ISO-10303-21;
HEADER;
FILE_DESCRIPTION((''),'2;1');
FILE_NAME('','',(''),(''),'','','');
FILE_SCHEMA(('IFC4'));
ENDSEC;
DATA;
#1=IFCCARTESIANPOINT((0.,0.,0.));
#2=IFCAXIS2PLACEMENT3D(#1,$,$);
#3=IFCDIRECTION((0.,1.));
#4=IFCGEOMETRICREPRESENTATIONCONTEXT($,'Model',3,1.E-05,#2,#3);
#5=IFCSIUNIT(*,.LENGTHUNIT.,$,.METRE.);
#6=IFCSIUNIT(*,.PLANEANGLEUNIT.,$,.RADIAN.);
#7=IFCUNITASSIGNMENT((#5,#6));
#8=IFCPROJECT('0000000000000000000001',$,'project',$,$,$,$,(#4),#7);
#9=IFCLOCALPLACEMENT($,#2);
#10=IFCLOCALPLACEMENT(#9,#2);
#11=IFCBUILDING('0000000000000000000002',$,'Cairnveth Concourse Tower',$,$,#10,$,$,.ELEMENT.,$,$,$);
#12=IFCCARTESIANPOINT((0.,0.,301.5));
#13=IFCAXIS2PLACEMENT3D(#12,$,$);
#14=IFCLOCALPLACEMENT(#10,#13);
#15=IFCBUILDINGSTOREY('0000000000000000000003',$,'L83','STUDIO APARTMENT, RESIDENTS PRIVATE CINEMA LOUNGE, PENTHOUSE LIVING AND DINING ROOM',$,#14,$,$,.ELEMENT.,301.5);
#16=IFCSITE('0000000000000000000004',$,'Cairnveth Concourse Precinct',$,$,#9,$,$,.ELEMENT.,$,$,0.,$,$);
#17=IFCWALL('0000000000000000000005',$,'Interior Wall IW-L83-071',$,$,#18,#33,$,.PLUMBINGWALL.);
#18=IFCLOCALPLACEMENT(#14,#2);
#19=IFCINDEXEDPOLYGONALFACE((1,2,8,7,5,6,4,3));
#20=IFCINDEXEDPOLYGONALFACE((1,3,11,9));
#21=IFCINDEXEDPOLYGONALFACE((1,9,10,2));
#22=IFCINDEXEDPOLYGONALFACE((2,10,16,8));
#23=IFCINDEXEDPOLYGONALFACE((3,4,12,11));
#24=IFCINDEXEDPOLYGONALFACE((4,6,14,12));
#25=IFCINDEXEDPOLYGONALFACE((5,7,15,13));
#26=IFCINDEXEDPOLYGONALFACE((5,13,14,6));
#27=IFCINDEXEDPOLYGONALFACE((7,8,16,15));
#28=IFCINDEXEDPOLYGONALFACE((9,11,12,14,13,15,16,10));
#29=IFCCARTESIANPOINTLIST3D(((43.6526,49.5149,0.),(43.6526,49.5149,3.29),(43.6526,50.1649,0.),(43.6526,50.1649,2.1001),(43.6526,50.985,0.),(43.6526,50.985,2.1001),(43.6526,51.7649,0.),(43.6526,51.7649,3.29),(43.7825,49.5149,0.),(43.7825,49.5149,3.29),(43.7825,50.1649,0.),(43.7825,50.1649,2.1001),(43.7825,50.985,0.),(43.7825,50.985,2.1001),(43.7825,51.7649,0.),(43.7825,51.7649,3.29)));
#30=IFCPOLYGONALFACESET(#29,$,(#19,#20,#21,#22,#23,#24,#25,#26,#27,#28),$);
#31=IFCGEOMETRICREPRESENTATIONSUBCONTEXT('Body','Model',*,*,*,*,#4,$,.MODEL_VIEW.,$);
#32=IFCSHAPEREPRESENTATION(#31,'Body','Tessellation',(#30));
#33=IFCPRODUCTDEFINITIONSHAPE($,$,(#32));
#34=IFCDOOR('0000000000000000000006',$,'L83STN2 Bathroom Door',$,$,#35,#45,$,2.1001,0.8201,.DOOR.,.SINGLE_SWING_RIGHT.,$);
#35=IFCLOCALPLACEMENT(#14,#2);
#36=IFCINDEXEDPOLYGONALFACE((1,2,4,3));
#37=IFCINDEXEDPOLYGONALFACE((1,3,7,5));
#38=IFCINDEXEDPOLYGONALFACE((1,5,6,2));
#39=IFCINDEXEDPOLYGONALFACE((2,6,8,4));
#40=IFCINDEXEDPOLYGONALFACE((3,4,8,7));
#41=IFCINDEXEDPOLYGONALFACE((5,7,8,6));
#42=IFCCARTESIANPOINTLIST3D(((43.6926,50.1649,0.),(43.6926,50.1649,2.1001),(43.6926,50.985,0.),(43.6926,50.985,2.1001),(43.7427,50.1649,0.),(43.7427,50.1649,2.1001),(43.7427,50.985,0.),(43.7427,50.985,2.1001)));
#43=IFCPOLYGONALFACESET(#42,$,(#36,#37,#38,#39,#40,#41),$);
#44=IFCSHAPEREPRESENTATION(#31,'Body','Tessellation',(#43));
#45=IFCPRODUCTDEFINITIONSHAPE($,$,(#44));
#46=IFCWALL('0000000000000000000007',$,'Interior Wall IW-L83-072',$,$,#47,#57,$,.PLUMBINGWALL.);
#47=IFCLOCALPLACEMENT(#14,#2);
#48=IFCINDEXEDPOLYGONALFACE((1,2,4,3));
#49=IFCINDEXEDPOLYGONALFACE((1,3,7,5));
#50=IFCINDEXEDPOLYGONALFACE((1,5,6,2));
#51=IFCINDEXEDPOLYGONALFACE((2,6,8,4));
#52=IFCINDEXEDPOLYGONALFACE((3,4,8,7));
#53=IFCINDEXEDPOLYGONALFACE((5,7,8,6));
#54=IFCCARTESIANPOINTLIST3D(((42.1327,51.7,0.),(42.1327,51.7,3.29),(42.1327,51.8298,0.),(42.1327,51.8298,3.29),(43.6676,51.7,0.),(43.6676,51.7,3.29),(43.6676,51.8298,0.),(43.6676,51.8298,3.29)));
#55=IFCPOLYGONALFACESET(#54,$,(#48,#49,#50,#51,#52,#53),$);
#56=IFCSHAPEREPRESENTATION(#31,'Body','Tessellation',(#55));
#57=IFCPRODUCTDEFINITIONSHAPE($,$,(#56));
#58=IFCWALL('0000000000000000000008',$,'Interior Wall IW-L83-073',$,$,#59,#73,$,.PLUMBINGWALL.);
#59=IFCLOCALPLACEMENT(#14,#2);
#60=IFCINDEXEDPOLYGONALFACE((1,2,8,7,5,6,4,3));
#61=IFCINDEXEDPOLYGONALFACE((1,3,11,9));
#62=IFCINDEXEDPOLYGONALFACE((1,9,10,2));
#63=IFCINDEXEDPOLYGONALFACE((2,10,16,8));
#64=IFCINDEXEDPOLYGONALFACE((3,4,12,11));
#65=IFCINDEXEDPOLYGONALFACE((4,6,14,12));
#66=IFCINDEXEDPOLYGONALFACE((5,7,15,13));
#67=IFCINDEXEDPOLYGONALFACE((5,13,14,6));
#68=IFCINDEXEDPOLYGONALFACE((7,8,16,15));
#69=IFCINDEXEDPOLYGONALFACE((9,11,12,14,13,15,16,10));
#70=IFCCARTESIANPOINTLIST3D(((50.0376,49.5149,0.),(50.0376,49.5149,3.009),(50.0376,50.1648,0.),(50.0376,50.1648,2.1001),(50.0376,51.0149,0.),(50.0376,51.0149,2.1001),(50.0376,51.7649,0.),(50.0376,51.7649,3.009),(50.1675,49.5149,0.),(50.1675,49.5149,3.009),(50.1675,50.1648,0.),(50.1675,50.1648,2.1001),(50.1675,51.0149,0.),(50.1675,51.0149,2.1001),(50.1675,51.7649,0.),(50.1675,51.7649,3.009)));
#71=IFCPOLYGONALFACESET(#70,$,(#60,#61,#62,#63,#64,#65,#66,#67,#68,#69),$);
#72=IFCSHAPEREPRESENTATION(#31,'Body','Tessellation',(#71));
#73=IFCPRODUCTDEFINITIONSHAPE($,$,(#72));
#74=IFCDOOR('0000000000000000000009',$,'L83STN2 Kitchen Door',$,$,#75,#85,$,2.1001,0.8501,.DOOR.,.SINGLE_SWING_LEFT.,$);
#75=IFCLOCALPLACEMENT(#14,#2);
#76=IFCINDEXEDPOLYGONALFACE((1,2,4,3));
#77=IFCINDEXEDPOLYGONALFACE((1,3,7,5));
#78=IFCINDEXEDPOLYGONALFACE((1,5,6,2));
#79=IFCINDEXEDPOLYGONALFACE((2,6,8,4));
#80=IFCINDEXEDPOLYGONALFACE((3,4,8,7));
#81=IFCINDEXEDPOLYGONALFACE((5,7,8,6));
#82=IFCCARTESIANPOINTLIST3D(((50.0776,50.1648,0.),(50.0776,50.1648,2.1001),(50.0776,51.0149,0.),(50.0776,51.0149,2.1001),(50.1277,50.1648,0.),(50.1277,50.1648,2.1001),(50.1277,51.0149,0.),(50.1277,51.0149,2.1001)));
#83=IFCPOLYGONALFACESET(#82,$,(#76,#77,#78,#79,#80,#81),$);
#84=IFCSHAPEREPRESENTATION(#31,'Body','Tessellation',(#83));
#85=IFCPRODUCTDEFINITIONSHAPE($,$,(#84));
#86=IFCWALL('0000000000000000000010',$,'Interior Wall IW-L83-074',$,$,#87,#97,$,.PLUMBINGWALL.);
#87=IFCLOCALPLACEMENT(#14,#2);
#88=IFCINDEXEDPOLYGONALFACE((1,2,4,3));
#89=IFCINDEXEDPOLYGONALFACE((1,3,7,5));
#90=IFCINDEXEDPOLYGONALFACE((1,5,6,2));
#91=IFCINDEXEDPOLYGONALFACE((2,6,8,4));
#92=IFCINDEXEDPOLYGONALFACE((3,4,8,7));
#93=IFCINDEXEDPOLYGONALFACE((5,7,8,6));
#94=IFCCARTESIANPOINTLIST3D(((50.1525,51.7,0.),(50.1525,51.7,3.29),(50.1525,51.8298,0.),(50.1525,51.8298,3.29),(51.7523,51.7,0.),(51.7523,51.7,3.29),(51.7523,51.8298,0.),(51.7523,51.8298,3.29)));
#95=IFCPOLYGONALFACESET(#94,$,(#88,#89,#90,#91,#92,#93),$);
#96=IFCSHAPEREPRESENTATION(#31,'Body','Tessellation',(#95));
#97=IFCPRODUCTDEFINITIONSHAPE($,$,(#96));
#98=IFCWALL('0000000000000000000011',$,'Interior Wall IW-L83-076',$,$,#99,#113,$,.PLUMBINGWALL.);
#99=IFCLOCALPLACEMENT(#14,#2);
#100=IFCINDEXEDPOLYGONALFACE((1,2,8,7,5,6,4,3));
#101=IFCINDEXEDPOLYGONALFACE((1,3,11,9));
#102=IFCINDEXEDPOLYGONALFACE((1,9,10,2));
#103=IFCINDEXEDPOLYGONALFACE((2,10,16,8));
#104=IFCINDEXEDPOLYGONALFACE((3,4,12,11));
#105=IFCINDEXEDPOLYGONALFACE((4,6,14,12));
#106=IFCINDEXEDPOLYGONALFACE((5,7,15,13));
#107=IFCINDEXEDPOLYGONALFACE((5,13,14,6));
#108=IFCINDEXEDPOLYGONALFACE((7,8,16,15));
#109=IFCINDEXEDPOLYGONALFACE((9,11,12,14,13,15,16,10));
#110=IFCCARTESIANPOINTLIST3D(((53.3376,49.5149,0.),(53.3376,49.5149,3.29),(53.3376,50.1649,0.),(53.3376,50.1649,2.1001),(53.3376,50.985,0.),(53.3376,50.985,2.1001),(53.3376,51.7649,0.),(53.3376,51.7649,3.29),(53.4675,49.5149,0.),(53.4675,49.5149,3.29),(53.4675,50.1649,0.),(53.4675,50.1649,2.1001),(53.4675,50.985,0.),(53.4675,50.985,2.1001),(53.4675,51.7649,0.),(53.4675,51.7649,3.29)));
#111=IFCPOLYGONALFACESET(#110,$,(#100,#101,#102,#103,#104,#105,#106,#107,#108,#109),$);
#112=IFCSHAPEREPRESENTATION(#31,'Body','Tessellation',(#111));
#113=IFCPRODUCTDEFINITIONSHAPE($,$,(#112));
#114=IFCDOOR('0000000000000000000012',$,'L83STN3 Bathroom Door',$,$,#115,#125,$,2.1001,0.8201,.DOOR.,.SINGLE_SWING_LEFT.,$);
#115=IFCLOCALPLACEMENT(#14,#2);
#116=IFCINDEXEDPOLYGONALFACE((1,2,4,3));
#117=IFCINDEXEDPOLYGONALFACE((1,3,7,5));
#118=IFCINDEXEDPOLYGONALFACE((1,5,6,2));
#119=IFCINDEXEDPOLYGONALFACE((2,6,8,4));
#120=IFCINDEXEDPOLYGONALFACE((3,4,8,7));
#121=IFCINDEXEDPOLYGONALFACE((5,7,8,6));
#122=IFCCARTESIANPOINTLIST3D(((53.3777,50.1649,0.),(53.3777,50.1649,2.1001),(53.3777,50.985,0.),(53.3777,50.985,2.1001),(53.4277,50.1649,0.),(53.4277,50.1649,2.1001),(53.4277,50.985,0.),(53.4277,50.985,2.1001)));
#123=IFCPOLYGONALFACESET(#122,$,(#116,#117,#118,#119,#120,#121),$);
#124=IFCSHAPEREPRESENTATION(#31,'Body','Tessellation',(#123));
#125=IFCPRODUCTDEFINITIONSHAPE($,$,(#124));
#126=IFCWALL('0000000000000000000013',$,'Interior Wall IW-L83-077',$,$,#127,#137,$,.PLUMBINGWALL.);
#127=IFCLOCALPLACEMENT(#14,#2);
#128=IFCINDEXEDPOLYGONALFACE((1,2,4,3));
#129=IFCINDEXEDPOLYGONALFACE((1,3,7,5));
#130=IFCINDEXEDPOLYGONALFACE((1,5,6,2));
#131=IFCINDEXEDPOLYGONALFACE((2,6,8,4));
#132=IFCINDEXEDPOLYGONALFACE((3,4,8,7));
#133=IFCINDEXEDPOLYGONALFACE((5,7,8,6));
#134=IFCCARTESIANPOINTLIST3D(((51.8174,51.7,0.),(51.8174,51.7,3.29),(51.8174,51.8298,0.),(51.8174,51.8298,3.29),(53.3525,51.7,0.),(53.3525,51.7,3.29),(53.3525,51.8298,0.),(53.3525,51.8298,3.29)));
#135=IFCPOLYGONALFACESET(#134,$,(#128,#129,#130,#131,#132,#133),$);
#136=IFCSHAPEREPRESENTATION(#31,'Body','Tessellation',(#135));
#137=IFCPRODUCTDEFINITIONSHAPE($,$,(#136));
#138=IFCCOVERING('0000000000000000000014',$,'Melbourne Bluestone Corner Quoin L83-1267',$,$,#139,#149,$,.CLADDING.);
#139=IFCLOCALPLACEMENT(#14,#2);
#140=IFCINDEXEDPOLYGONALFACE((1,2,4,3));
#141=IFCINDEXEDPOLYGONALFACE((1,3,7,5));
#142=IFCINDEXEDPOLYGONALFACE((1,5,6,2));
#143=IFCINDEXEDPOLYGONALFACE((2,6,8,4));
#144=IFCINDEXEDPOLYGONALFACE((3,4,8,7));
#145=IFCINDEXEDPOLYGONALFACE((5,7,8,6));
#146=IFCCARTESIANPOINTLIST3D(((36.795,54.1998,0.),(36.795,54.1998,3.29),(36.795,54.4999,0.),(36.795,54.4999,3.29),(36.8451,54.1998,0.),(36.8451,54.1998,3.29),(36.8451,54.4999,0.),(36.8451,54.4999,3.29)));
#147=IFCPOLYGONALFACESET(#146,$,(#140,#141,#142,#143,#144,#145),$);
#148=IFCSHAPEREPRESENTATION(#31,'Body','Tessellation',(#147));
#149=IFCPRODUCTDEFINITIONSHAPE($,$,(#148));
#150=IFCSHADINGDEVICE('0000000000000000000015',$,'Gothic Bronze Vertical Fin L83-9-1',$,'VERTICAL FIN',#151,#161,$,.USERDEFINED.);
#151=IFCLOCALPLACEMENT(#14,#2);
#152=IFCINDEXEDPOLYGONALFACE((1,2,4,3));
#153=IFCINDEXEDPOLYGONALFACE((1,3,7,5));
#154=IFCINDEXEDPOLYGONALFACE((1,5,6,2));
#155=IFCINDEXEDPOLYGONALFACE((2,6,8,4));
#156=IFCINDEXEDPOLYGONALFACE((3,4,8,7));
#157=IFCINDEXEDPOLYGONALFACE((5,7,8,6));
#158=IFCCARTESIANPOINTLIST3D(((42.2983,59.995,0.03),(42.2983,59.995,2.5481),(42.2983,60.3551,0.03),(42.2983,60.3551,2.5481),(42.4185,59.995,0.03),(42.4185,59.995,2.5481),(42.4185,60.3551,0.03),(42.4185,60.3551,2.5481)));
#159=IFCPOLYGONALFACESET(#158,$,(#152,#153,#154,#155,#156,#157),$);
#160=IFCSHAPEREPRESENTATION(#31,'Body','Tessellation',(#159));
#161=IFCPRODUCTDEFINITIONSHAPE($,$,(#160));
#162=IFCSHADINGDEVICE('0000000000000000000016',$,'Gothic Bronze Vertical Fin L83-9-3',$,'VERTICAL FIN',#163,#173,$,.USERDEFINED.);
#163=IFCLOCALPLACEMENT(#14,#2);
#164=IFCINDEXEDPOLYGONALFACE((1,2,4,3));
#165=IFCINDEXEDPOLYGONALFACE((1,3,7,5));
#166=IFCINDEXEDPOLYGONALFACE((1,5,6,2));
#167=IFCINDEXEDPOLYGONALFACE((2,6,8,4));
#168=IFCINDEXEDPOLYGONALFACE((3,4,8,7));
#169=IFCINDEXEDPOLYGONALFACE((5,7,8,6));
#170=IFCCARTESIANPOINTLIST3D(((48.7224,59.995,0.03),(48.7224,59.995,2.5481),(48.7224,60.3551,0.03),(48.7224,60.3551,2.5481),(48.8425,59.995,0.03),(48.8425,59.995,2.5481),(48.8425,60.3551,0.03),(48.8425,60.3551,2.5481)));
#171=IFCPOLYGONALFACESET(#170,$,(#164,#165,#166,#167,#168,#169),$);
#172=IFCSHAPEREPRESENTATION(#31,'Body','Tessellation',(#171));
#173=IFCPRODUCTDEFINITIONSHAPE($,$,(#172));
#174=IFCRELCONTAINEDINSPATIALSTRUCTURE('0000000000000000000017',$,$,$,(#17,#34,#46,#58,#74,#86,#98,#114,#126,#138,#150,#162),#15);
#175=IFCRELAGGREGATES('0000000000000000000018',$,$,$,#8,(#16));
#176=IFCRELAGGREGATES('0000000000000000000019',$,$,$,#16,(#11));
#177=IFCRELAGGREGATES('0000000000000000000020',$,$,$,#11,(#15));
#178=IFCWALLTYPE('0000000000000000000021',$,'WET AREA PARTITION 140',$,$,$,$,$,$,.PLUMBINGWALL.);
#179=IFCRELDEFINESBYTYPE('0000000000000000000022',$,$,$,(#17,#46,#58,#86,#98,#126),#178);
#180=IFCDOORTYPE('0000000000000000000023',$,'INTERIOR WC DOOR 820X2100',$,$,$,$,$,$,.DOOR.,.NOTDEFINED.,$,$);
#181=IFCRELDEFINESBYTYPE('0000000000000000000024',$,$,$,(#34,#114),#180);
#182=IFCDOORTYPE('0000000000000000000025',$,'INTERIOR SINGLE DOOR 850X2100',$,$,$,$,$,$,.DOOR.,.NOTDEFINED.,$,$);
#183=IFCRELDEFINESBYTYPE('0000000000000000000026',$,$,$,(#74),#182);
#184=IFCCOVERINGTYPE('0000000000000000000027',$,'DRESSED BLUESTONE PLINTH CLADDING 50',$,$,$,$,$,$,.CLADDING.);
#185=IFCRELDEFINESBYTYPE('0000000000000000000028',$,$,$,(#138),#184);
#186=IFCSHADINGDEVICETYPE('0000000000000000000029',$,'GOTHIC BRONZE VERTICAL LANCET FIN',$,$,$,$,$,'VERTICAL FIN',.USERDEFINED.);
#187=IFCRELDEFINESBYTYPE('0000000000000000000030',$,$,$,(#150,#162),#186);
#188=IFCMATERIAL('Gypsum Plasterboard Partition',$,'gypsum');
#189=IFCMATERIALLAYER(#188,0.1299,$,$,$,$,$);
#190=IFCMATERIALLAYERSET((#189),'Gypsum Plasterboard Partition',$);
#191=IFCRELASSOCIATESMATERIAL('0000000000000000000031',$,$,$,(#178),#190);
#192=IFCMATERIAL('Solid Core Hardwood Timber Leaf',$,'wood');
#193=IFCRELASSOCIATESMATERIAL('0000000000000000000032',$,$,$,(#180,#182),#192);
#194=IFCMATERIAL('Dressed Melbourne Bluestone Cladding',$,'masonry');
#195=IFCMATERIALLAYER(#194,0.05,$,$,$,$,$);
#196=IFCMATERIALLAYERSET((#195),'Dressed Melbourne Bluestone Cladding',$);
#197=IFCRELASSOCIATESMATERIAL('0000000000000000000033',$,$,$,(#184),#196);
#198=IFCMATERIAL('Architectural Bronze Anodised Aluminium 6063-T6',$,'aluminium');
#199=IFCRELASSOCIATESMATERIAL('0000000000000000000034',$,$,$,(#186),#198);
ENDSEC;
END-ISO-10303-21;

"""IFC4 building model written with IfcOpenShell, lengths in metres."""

from ifc_helpers import new_model, si_unit, direction, frame, frame_2d, origin, origin_2d, place, context, subcontext, project, spatial, rectangle, extrude, material, layer, layer_set, type_object, element, fill, save


model = new_model("IFC4")

# Units and contexts
model_context = context("Model", 3, precision=1e-05, world=origin(), true_north=direction((0.0, 1.0)))
body_context = subcontext(model_context, "Body", "Model", "MODEL_VIEW")
ifc_project = project(units=[si_unit("LENGTHUNIT", "METRE"), si_unit("PLANEANGLEUNIT", "RADIAN")], contexts=[model_context])

# Site, building, storey
site_placement = place(None, origin())
site = spatial("IfcSite", under=ifc_project, at=site_placement, Name="Cairnveth Concourse Precinct", CompositionType="ELEMENT", RefElevation=0.0)
building_placement = place(site_placement, origin())
building = spatial("IfcBuilding", under=site, at=building_placement, Name="Cairnveth Concourse Tower", CompositionType="ELEMENT")
storey_placement = place(building_placement, frame((0.0, 0.0, 301.5)))
storey = spatial("IfcBuildingStorey", under=building, at=storey_placement, Name="L83", Description="STUDIO APARTMENT, RESIDENTS PRIVATE CINEMA LOUNGE, PENTHOUSE LIVING AND DINING ROOM", CompositionType="ELEMENT", Elevation=301.5)

# Shared definitions
ifc_material_1 = material(Name="Gypsum Plasterboard Partition", Category="gypsum")
ifc_layer_1 = layer(ifc_material_1, 0.1299)
ifc_layer_set_1 = layer_set([ifc_layer_1], Name="Gypsum Plasterboard Partition")
wall_type_1 = type_object("IfcWallType", Name="WET AREA PARTITION 140", PredefinedType="PLUMBINGWALL", material=ifc_layer_set_1)

# Wall, opening, door
wall_1_placement = place(storey_placement, frame((43.7175, 49.5149, 0.0), z_axis=(0.0, 0.0, 1.0), x_axis=(0.0, 1.0, 0.0)))
wall_1 = element("IfcWall", 1, at=wall_1_placement, inside=storey, type_object=wall_type_1, Name="Interior Wall IW-L83-071", PredefinedType="PLUMBINGWALL", context=body_context, shape_type="SweptSolid", body=[
    extrude(rectangle(XDim=2.25, YDim=0.1299, at=frame_2d((1.125, 0.0))), origin(), (0.0, 0.0, 1.0), 3.29),
])
opening_1_placement = place(wall_1_placement, frame((0.6499, 0.0, 0.0)))
opening_1 = element("IfcOpeningElement", 2, at=opening_1_placement, cuts=wall_1, PredefinedType="OPENING", context=body_context, shape_type="SweptSolid", body=[
    extrude(rectangle(XDim=0.8201, YDim=2.1001, at=frame_2d((0.4102, 1.05))), frame((0.0, 0.075, 0.0), z_axis=(0.0, -1.0, 0.0), x_axis=(1.0, 0.0, 0.0)), (0.0, 0.0, 1.0), 0.1499),
])
ifc_material_2 = material(Name="Solid Core Hardwood Timber Leaf", Category="wood")
door_type_1 = type_object("IfcDoorType", Name="INTERIOR WC DOOR 820X2100", OperationType="NOTDEFINED", PredefinedType="DOOR", material=ifc_material_2)
door_1_placement = place(opening_1_placement, origin())
door_1 = element("IfcDoor", 3, at=door_1_placement, inside=storey, type_object=door_type_1, Name="L83STN2 Bathroom Door", OperationType="SINGLE_SWING_RIGHT", OverallHeight=2.1001, OverallWidth=0.8201, PredefinedType="DOOR", context=body_context, shape_type="SweptSolid", body=[
    extrude(rectangle(XDim=0.8201, YDim=2.1001, at=frame_2d((0.4102, 1.05))), frame((0.0, 0.0249, 0.0), z_axis=(0.0, -1.0, 0.0), x_axis=(1.0, 0.0, 0.0)), (0.0, 0.0, 1.0), 0.05),
])
fill(opening_1, door_1)

# Wall
wall_2_placement = place(storey_placement, frame((42.1326, 51.7649, 0.0), z_axis=(0.0, 0.0, 1.0), x_axis=(1.0, 0.0, 0.0)))
element("IfcWall", 4, at=wall_2_placement, inside=storey, type_object=wall_type_1, Name="Interior Wall IW-L83-072", PredefinedType="PLUMBINGWALL", context=body_context, shape_type="SweptSolid", body=[
    extrude(rectangle(XDim=1.5349, YDim=0.1299, at=frame_2d((0.7676, 0.0))), origin(), (0.0, 0.0, 1.0), 3.29),
])

# Wall, opening, door
wall_3_placement = place(storey_placement, frame((50.1025, 49.5149, 0.0), z_axis=(0.0, 0.0, 1.0), x_axis=(0.0, 1.0, 0.0)))
wall_3 = element("IfcWall", 5, at=wall_3_placement, inside=storey, type_object=wall_type_1, Name="Interior Wall IW-L83-073", PredefinedType="PLUMBINGWALL", context=body_context, shape_type="SweptSolid", body=[
    extrude(rectangle(XDim=2.25, YDim=0.1299, at=frame_2d((1.125, 0.0))), origin(), (0.0, 0.0, 1.0), 3.009),
])
opening_2_placement = place(wall_3_placement, frame((0.6499, 0.0, 0.0)))
opening_2 = element("IfcOpeningElement", 6, at=opening_2_placement, cuts=wall_3, PredefinedType="OPENING", context=body_context, shape_type="SweptSolid", body=[
    extrude(rectangle(XDim=0.8501, YDim=2.1001, at=frame_2d((0.425, 1.05))), frame((0.0, 0.075, 0.0), z_axis=(0.0, -1.0, 0.0), x_axis=(1.0, 0.0, 0.0)), (0.0, 0.0, 1.0), 0.1499),
])
door_type_2 = type_object("IfcDoorType", Name="INTERIOR SINGLE DOOR 850X2100", OperationType="NOTDEFINED", PredefinedType="DOOR", material=ifc_material_2)
door_2_placement = place(opening_2_placement, origin())
door_2 = element("IfcDoor", 7, at=door_2_placement, inside=storey, type_object=door_type_2, Name="L83STN2 Kitchen Door", OperationType="SINGLE_SWING_LEFT", OverallHeight=2.1001, OverallWidth=0.8501, PredefinedType="DOOR", context=body_context, shape_type="SweptSolid", body=[
    extrude(rectangle(XDim=0.8501, YDim=2.1001, at=frame_2d((0.425, 1.05))), frame((0.0, 0.0249, 0.0), z_axis=(0.0, -1.0, 0.0), x_axis=(1.0, 0.0, 0.0)), (0.0, 0.0, 1.0), 0.05),
])
fill(opening_2, door_2)

# Wall
wall_4_placement = place(storey_placement, frame((50.1526, 51.7649, 0.0), z_axis=(0.0, 0.0, 1.0), x_axis=(1.0, 0.0, 0.0)))
element("IfcWall", 8, at=wall_4_placement, inside=storey, type_object=wall_type_1, Name="Interior Wall IW-L83-074", PredefinedType="PLUMBINGWALL", context=body_context, shape_type="SweptSolid", body=[
    extrude(rectangle(XDim=1.5999, YDim=0.1299, at=frame_2d((0.7998, 0.0))), origin(), (0.0, 0.0, 1.0), 3.29),
])

# Wall, opening, door
wall_5_placement = place(storey_placement, frame((53.4026, 49.5149, 0.0), z_axis=(0.0, 0.0, 1.0), x_axis=(0.0, 1.0, 0.0)))
wall_5 = element("IfcWall", 9, at=wall_5_placement, inside=storey, type_object=wall_type_1, Name="Interior Wall IW-L83-076", PredefinedType="PLUMBINGWALL", context=body_context, shape_type="SweptSolid", body=[
    extrude(rectangle(XDim=2.25, YDim=0.1299, at=frame_2d((1.125, 0.0))), origin(), (0.0, 0.0, 1.0), 3.29),
])
opening_3_placement = place(wall_5_placement, frame((0.6499, 0.0, 0.0)))
opening_3 = element("IfcOpeningElement", 10, at=opening_3_placement, cuts=wall_5, PredefinedType="OPENING", context=body_context, shape_type="SweptSolid", body=[
    extrude(rectangle(XDim=0.8201, YDim=2.1001, at=frame_2d((0.4102, 1.05))), frame((0.0, 0.075, 0.0), z_axis=(0.0, -1.0, 0.0), x_axis=(1.0, 0.0, 0.0)), (0.0, 0.0, 1.0), 0.1499),
])
door_3_placement = place(opening_3_placement, origin())
door_3 = element("IfcDoor", 11, at=door_3_placement, inside=storey, type_object=door_type_1, Name="L83STN3 Bathroom Door", OperationType="SINGLE_SWING_LEFT", OverallHeight=2.1001, OverallWidth=0.8201, PredefinedType="DOOR", context=body_context, shape_type="SweptSolid", body=[
    extrude(rectangle(XDim=0.8201, YDim=2.1001, at=frame_2d((0.4102, 1.05))), frame((0.0, 0.0249, 0.0), z_axis=(0.0, -1.0, 0.0), x_axis=(1.0, 0.0, 0.0)), (0.0, 0.0, 1.0), 0.05),
])
fill(opening_3, door_3)

# Wall
wall_6_placement = place(storey_placement, frame((51.8174, 51.7649, 0.0), z_axis=(0.0, 0.0, 1.0), x_axis=(1.0, 0.0, 0.0)))
element("IfcWall", 12, at=wall_6_placement, inside=storey, type_object=wall_type_1, Name="Interior Wall IW-L83-077", PredefinedType="PLUMBINGWALL", context=body_context, shape_type="SweptSolid", body=[
    extrude(rectangle(XDim=1.5352, YDim=0.1299, at=frame_2d((0.7676, 0.0))), origin(), (0.0, 0.0, 1.0), 3.29),
])

# Covering
ifc_material_3 = material(Name="Dressed Melbourne Bluestone Cladding", Category="masonry")
ifc_layer_2 = layer(ifc_material_3, 0.05)
ifc_layer_set_2 = layer_set([ifc_layer_2], Name="Dressed Melbourne Bluestone Cladding")
covering_type = type_object("IfcCoveringType", Name="DRESSED BLUESTONE PLINTH CLADDING 50", PredefinedType="CLADDING", material=ifc_layer_set_2)
covering_placement = place(storey_placement, frame((36.8201, 54.2, 0.0), z_axis=(0.0, 0.0, 1.0), x_axis=(0.0, 1.0, 0.0)))
element("IfcCovering", 13, at=covering_placement, inside=storey, type_object=covering_type, Name="Melbourne Bluestone Corner Quoin L83-1267", PredefinedType="CLADDING", context=body_context, shape_type="SweptSolid", body=[
    extrude(rectangle(XDim=0.3, YDim=0.05, at=frame_2d((0.1499, 0.0))), origin(), (0.0, 0.0, 1.0), 3.29),
])

# Shading devices
ifc_material_4 = material(Name="Architectural Bronze Anodised Aluminium 6063-T6", Category="aluminium")
shading_device_type = type_object("IfcShadingDeviceType", Name="GOTHIC BRONZE VERTICAL LANCET FIN", ElementType="VERTICAL FIN", PredefinedType="USERDEFINED", material=ifc_material_4)
for number, where, z_axis, x_axis, name in (
    (14, (42.3584, 60.175, 0.03), (0.0, 0.0, 1.0), (1.0, 0.0, 0.0), "Gothic Bronze Vertical Fin L83-9-1"),
    (15, (48.7825, 60.175, 0.03), (0.0, 0.0, 1.0), (1.0, 0.0, 0.0), "Gothic Bronze Vertical Fin L83-9-3"),
):
    element("IfcShadingDevice", number, at=place(storey_placement, frame(where, z_axis=z_axis, x_axis=x_axis)), inside=storey, type_object=shading_device_type, Name=name, ObjectType="VERTICAL FIN", PredefinedType="USERDEFINED", context=body_context, shape_type="SweptSolid", body=[
        extrude(rectangle(XDim=0.1201, YDim=0.3601, at=origin_2d()), origin(), (0.0, 0.0, 1.0), 2.5181),
    ])

save(model, "model.ifc")
